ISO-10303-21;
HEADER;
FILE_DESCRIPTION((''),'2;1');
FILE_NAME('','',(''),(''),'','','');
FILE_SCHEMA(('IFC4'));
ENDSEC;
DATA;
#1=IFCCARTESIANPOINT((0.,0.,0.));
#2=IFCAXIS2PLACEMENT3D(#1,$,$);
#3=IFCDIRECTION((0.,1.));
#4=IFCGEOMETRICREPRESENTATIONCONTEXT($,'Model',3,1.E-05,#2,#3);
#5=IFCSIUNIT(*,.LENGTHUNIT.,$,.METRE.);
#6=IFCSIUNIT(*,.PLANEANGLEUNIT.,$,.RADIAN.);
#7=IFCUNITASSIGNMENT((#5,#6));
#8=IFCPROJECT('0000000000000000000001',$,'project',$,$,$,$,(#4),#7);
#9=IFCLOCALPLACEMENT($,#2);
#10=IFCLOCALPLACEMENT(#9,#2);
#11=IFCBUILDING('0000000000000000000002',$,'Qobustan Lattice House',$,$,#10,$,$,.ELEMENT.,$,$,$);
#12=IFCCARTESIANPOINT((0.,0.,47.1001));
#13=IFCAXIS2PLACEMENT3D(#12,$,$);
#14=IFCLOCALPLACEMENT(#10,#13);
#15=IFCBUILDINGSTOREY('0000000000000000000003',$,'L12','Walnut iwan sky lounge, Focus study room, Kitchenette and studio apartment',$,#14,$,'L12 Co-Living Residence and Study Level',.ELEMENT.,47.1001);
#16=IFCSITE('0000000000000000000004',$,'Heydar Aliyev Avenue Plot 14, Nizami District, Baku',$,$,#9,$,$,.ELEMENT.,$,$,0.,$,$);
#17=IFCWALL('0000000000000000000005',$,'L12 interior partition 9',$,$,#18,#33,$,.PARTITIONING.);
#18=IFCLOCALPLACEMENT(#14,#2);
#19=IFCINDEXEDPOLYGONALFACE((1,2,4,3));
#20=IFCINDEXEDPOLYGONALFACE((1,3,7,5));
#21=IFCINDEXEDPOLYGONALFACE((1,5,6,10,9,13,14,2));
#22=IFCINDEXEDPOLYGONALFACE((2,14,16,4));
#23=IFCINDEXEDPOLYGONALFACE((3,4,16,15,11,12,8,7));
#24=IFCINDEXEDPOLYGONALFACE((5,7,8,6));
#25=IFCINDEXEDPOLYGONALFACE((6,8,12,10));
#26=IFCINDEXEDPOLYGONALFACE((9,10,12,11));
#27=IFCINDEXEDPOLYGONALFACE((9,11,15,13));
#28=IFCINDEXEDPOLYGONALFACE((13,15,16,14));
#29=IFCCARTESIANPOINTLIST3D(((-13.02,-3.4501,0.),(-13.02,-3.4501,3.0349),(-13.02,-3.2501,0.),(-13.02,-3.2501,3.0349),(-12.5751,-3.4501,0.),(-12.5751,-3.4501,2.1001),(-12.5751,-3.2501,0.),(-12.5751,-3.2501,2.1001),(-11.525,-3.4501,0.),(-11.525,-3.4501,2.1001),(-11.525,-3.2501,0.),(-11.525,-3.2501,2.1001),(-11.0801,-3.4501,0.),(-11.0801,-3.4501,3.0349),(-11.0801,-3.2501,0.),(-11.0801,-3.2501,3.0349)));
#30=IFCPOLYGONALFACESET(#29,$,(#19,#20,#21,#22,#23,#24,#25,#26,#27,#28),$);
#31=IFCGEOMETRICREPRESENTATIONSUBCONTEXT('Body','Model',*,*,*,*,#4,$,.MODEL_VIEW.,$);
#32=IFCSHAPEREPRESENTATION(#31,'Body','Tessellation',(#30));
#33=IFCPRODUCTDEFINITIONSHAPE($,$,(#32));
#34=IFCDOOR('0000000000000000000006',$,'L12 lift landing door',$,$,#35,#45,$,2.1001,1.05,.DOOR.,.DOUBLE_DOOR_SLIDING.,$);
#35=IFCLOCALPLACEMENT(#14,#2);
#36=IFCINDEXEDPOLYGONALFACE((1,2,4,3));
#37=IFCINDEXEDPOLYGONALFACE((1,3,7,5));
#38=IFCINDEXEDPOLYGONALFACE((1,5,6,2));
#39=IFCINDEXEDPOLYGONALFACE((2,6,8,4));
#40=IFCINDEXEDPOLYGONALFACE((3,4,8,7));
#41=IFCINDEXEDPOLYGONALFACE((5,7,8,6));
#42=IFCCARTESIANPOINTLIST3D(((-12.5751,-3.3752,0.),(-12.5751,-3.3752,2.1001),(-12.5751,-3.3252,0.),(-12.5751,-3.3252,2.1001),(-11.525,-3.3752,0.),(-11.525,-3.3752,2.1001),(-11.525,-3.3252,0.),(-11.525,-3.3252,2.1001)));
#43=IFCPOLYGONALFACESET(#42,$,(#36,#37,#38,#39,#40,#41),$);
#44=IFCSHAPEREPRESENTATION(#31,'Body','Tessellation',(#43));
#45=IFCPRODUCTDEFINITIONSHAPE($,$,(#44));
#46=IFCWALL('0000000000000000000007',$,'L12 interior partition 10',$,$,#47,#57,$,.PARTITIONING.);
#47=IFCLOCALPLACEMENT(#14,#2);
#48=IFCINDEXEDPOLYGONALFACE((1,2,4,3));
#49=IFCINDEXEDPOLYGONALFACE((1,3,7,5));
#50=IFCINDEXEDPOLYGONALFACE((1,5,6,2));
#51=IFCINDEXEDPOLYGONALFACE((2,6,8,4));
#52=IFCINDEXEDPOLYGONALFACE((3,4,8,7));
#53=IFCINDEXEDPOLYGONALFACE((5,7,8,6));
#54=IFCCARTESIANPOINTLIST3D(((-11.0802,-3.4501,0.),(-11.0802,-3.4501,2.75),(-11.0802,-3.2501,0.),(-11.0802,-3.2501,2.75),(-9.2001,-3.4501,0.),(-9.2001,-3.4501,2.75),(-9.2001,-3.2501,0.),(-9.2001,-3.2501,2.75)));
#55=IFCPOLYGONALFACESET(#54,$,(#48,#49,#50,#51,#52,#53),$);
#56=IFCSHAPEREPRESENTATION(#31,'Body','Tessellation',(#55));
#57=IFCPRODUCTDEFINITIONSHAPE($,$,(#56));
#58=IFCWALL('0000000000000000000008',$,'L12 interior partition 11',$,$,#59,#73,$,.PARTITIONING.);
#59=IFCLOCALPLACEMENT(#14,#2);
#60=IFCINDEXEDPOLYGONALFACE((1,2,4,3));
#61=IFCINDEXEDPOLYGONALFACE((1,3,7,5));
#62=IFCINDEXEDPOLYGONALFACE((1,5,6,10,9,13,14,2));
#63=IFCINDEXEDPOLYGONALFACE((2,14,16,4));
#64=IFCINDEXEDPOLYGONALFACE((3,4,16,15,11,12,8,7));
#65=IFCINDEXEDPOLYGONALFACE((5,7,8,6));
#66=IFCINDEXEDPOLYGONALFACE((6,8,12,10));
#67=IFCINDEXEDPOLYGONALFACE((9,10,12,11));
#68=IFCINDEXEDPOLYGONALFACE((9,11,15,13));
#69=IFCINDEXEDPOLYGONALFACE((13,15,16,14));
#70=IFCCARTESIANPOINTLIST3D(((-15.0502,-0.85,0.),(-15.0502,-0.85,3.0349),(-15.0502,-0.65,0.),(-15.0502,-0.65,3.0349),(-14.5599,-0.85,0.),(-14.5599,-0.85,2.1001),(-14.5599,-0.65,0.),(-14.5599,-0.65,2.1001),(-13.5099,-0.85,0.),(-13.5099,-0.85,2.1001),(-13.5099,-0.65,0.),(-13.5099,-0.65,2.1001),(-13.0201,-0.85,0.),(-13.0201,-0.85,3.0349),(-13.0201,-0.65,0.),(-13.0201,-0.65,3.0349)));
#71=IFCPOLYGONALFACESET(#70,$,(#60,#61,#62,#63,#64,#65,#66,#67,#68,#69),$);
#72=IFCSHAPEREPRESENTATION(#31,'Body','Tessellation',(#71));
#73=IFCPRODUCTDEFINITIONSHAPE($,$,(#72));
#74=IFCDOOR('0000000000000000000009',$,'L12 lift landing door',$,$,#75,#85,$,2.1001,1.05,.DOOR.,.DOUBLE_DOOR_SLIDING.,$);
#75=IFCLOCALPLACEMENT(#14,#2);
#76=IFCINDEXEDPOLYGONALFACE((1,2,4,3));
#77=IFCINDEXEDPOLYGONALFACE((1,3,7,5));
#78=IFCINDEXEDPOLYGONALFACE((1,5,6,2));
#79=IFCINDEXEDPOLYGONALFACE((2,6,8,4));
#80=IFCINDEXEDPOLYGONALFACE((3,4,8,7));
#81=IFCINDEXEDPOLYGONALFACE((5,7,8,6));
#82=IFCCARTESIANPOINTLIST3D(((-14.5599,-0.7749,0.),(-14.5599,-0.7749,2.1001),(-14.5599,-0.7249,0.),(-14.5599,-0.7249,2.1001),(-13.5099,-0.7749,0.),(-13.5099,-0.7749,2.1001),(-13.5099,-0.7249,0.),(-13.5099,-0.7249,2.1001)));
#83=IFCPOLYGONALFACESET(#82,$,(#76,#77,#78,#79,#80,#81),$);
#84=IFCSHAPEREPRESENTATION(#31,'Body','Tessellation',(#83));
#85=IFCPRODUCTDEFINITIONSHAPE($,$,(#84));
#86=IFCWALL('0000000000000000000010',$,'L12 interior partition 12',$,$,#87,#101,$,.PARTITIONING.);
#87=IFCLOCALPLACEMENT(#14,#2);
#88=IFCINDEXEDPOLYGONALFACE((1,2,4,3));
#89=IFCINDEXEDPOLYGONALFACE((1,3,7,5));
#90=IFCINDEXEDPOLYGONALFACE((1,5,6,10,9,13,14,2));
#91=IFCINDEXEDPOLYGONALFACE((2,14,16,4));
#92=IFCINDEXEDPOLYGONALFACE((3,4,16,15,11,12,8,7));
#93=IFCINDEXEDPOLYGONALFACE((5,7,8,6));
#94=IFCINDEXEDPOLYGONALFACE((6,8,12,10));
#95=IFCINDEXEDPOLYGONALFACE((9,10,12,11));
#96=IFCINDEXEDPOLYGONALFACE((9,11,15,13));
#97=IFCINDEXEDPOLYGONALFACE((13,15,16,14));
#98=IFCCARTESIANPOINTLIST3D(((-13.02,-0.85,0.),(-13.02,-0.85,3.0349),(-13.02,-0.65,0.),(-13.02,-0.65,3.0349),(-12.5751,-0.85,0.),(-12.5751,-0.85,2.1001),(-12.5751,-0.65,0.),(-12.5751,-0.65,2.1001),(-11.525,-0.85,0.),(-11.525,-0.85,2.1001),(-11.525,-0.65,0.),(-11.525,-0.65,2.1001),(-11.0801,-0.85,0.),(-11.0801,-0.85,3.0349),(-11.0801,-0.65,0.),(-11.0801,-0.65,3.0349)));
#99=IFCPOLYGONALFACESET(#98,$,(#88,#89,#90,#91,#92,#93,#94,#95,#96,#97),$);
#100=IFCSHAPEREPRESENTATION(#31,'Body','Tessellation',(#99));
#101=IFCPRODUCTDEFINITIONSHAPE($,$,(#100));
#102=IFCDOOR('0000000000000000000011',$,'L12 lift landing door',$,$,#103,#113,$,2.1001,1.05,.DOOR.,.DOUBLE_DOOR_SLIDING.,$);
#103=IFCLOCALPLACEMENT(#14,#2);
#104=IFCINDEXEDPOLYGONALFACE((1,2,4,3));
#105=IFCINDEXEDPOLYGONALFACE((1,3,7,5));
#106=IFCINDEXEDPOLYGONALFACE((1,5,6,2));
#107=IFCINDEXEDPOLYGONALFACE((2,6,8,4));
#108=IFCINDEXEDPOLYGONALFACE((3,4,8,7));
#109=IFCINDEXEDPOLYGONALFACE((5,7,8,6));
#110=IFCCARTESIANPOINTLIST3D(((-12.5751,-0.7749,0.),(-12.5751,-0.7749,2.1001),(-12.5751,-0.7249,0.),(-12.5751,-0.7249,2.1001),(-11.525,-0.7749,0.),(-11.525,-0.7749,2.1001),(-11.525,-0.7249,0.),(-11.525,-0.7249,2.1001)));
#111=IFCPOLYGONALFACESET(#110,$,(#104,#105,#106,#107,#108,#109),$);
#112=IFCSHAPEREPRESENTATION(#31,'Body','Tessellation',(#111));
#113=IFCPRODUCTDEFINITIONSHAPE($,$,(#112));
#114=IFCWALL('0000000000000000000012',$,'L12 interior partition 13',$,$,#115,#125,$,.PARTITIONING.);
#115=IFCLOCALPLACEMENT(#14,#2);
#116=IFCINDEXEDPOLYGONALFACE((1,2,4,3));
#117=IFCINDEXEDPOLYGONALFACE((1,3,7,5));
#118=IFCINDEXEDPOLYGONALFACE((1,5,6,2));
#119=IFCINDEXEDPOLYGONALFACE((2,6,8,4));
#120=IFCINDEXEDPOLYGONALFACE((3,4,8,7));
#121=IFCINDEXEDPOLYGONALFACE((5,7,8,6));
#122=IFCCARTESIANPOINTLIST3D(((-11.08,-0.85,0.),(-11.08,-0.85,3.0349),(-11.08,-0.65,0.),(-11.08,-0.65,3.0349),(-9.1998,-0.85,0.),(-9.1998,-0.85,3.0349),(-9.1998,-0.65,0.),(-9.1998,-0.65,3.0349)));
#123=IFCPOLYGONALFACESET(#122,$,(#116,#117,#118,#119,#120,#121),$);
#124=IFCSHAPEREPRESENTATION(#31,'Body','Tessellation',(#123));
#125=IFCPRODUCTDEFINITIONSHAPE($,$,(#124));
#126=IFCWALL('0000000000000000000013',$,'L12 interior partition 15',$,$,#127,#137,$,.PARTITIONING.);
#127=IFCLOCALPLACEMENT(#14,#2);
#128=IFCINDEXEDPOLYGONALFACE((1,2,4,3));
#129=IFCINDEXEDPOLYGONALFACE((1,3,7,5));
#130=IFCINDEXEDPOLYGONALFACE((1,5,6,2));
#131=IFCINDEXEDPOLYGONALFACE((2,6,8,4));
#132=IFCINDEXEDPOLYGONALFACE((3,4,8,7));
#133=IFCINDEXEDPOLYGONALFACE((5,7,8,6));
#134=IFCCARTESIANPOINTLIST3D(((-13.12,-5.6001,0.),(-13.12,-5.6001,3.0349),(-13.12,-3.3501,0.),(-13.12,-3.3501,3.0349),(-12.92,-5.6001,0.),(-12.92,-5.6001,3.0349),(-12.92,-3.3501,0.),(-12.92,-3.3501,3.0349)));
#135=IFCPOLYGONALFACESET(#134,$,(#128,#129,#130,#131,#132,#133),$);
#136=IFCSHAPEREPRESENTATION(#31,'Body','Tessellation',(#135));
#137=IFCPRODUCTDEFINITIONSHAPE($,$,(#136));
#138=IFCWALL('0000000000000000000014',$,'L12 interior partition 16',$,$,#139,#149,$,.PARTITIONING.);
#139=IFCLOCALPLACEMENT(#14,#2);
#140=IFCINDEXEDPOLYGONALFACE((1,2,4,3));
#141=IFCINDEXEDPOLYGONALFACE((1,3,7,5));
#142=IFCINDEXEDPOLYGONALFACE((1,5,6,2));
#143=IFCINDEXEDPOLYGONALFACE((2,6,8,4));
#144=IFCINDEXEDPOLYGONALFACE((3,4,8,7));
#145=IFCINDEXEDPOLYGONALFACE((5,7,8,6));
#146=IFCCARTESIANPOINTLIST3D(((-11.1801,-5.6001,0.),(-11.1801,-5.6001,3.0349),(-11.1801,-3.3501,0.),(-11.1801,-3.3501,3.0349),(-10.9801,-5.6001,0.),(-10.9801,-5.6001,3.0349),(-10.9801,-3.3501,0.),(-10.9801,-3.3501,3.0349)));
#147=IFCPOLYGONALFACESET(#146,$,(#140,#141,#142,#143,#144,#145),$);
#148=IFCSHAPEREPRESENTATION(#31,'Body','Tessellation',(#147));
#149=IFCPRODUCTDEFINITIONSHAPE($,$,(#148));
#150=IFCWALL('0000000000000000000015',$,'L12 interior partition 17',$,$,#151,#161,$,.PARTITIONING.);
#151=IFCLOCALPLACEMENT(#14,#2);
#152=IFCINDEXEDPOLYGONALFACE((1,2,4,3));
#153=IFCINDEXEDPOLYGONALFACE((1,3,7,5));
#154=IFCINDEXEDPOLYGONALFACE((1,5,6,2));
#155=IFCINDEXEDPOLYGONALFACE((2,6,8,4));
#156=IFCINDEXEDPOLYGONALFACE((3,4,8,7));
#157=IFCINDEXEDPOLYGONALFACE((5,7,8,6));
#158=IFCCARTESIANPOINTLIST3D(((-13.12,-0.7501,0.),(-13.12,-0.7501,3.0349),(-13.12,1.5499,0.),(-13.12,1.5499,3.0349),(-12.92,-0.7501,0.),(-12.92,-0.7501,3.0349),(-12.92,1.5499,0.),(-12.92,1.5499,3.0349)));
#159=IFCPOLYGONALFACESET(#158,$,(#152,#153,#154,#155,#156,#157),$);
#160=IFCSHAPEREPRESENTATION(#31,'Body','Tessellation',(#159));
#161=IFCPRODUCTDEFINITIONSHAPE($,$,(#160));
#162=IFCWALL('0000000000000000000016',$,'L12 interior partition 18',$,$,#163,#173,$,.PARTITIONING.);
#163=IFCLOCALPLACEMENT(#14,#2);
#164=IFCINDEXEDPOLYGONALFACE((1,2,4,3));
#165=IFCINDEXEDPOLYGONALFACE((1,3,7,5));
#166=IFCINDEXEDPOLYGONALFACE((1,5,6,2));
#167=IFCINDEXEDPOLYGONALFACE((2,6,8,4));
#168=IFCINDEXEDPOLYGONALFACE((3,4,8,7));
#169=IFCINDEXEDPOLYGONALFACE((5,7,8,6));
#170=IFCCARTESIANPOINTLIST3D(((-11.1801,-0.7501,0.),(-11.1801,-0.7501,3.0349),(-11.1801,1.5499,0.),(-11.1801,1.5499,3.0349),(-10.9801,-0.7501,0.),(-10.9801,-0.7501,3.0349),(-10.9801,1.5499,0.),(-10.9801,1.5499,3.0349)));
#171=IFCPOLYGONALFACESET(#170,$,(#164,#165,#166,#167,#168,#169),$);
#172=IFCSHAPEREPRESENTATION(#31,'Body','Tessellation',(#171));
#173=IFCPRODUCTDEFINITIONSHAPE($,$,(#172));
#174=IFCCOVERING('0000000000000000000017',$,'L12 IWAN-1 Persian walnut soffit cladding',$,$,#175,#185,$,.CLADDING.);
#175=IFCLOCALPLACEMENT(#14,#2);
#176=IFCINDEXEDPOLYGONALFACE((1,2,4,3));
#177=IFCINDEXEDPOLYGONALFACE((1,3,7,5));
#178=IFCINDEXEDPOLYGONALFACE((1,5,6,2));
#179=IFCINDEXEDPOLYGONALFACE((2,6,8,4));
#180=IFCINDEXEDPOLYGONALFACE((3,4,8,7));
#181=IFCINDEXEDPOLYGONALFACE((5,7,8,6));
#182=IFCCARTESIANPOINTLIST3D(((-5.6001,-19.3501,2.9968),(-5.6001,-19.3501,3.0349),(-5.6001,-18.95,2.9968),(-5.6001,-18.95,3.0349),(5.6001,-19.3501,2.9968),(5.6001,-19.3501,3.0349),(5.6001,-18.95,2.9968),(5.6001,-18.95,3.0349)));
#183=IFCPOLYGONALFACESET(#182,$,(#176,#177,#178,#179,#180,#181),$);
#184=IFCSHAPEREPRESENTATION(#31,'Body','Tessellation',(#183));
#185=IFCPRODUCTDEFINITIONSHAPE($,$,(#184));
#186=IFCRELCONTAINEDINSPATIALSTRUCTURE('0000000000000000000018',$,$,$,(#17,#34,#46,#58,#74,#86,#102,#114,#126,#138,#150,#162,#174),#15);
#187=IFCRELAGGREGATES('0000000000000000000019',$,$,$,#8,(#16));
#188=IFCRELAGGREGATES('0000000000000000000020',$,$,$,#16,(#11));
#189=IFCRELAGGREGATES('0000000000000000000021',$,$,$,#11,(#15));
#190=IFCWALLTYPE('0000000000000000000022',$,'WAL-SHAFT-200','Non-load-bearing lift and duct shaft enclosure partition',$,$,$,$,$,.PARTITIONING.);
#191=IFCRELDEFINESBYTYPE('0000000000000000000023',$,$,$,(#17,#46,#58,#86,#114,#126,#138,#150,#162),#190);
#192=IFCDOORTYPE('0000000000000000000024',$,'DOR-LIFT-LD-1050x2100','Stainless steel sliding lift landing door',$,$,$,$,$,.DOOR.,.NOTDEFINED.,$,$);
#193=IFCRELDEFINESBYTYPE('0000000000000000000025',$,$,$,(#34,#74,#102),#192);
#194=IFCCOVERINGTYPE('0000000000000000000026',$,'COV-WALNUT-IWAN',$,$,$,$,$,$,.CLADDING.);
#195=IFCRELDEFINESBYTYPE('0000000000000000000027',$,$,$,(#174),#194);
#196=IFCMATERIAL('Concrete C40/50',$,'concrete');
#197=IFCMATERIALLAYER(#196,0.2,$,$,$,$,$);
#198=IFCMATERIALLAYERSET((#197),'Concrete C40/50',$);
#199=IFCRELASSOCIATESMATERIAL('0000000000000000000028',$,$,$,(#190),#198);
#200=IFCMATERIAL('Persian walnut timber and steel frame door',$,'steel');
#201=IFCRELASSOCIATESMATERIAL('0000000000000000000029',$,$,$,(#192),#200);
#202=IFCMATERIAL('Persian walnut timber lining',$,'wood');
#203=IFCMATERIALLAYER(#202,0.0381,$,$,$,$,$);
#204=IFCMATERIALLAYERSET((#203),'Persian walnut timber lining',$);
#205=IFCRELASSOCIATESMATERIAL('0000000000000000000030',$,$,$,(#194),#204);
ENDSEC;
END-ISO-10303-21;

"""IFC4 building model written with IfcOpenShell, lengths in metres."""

from ifc_helpers import new_model, si_unit, direction, frame, frame_2d, origin, place, context, subcontext, project, spatial, polyline, rectangle, outline, extrude, material, layer, layer_set, type_object, element, fill, save


model = new_model("IFC4")

# Units and contexts
model_context = context("Model", 3, precision=1e-05, world=origin(), true_north=direction((0.0, 1.0)))
body_context = subcontext(model_context, "Body", "Model", "MODEL_VIEW")
ifc_project = project(units=[si_unit("LENGTHUNIT", "METRE"), si_unit("PLANEANGLEUNIT", "RADIAN")], contexts=[model_context])

# Site, building, storey
site_placement = place(None, origin())
site = spatial("IfcSite", under=ifc_project, at=site_placement, Name="Heydar Aliyev Avenue Plot 14, Nizami District, Baku", CompositionType="ELEMENT", RefElevation=0.0)
building_placement = place(site_placement, origin())
building = spatial("IfcBuilding", under=site, at=building_placement, Name="Qobustan Lattice House", CompositionType="ELEMENT")
storey_placement = place(building_placement, frame((0.0, 0.0, 47.1001)))
storey = spatial("IfcBuildingStorey", under=building, at=storey_placement, Name="L12", Description="Walnut iwan sky lounge, Focus study room, Kitchenette and studio apartment", LongName="L12 Co-Living Residence and Study Level", CompositionType="ELEMENT", Elevation=47.1001)

# Wall, opening, door
ifc_material_1 = material(Name="Concrete C40/50", Category="concrete")
ifc_layer_1 = layer(ifc_material_1, 0.2)
ifc_layer_set_1 = layer_set([ifc_layer_1], Name="Concrete C40/50")
wall_type_1 = type_object("IfcWallType", Name="WAL-SHAFT-200", Description="Non-load-bearing lift and duct shaft enclosure partition", PredefinedType="PARTITIONING", material=ifc_layer_set_1)
ifc_material_2 = material(Name="Persian walnut timber and steel frame door", Category="steel")
door_type_1 = type_object("IfcDoorType", Name="DOR-LIFT-LD-1050x2100", Description="Stainless steel sliding lift landing door", OperationType="NOTDEFINED", PredefinedType="DOOR", material=ifc_material_2)
wall_1_placement = place(storey_placement, frame((-13.02, -3.3501, 0.0), z_axis=(0.0, 0.0, 1.0), x_axis=(1.0, 0.0, 0.0)))
wall_1 = element("IfcWall", 1, at=wall_1_placement, inside=storey, type_object=wall_type_1, Name="L12 interior partition 9", PredefinedType="PARTITIONING", context=body_context, shape_type="SweptSolid", body=[
    extrude(rectangle(XDim=1.9399, YDim=0.2, at=frame_2d((0.97, 0.0))), origin(), (0.0, 0.0, 1.0), 3.0349),
])
opening_1_placement = place(wall_1_placement, frame((0.4451, 0.0, 0.0)))
opening_1 = element("IfcOpeningElement", 2, at=opening_1_placement, cuts=wall_1, PredefinedType="OPENING", context=body_context, shape_type="SweptSolid", body=[
    extrude(rectangle(XDim=1.05, YDim=2.1001, at=frame_2d((0.5249, 1.05))), frame((0.0, 0.1099, 0.0), z_axis=(0.0, -1.0, 0.0), x_axis=(1.0, 0.0, 0.0)), (0.0, 0.0, 1.0), 0.22),
])
door_1_placement = place(opening_1_placement, origin())
door_1 = element("IfcDoor", 3, at=door_1_placement, inside=storey, type_object=door_type_1, Name="L12 lift landing door", OperationType="DOUBLE_DOOR_SLIDING", OverallHeight=2.1001, OverallWidth=1.05, PredefinedType="DOOR", context=body_context, shape_type="SweptSolid", body=[
    extrude(rectangle(XDim=1.05, YDim=2.1001, at=frame_2d((0.5249, 1.05))), frame((0.0, 0.0249, 0.0), z_axis=(0.0, -1.0, 0.0), x_axis=(1.0, 0.0, 0.0)), (0.0, 0.0, 1.0), 0.05),
])
fill(opening_1, door_1)

# Wall
wall_2_placement = place(storey_placement, frame((-11.0801, -3.3501, 0.0), z_axis=(0.0, 0.0, 1.0), x_axis=(1.0, 0.0, 0.0)))
element("IfcWall", 4, at=wall_2_placement, inside=storey, type_object=wall_type_1, Name="L12 interior partition 10", PredefinedType="PARTITIONING", context=body_context, shape_type="SweptSolid", body=[
    extrude(rectangle(XDim=1.8801, YDim=0.2, at=frame_2d((0.9399, 0.0))), origin(), (0.0, 0.0, 1.0), 2.75),
])

# Walls, openings, doors
wall_3_placement = place(storey_placement, frame((-13.02, -0.75, 0.0), z_axis=(0.0, 0.0, 1.0), x_axis=(-1.0, 0.0, 0.0)))
wall_3 = element("IfcWall", 5, at=wall_3_placement, inside=storey, type_object=wall_type_1, Name="L12 interior partition 11", PredefinedType="PARTITIONING", context=body_context, shape_type="SweptSolid", body=[
    extrude(rectangle(XDim=2.03, YDim=0.2, at=frame_2d((1.0151, 0.0))), origin(), (0.0, 0.0, 1.0), 3.0349),
])
opening_2_placement = place(wall_3_placement, frame((0.49, 0.0, 0.0)))
opening_2 = element("IfcOpeningElement", 6, at=opening_2_placement, cuts=wall_3, PredefinedType="OPENING", context=body_context, shape_type="SweptSolid", body=[
    extrude(rectangle(XDim=1.05, YDim=2.1001, at=frame_2d((0.5249, 1.05))), frame((0.0, 0.1099, 0.0), z_axis=(0.0, -1.0, 0.0), x_axis=(1.0, 0.0, 0.0)), (0.0, 0.0, 1.0), 0.22),
])
door_2_placement = place(opening_2_placement, origin())
door_2 = element("IfcDoor", 7, at=door_2_placement, inside=storey, type_object=door_type_1, Name="L12 lift landing door", OperationType="DOUBLE_DOOR_SLIDING", OverallHeight=2.1001, OverallWidth=1.05, PredefinedType="DOOR", context=body_context, shape_type="SweptSolid", body=[
    extrude(rectangle(XDim=1.05, YDim=2.1001, at=frame_2d((0.5249, 1.05))), frame((0.0, 0.0249, 0.0), z_axis=(0.0, -1.0, 0.0), x_axis=(1.0, 0.0, 0.0)), (0.0, 0.0, 1.0), 0.05),
])
fill(opening_2, door_2)
wall_4_placement = place(storey_placement, frame((-11.0801, -0.75, 0.0), z_axis=(0.0, 0.0, 1.0), x_axis=(-1.0, 0.0, 0.0)))
wall_4 = element("IfcWall", 8, at=wall_4_placement, inside=storey, type_object=wall_type_1, Name="L12 interior partition 12", PredefinedType="PARTITIONING", context=body_context, shape_type="SweptSolid", body=[
    extrude(rectangle(XDim=1.9399, YDim=0.2, at=frame_2d((0.97, 0.0))), origin(), (0.0, 0.0, 1.0), 3.0349),
])
opening_3_placement = place(wall_4_placement, frame((0.4451, 0.0, 0.0)))
opening_3 = element("IfcOpeningElement", 9, at=opening_3_placement, cuts=wall_4, PredefinedType="OPENING", context=body_context, shape_type="SweptSolid", body=[
    extrude(rectangle(XDim=1.05, YDim=2.1001, at=frame_2d((0.5249, 1.05))), frame((0.0, 0.1099, 0.0), z_axis=(0.0, -1.0, 0.0), x_axis=(1.0, 0.0, 0.0)), (0.0, 0.0, 1.0), 0.22),
])
door_3_placement = place(opening_3_placement, origin())
door_3 = element("IfcDoor", 10, at=door_3_placement, inside=storey, type_object=door_type_1, Name="L12 lift landing door", OperationType="DOUBLE_DOOR_SLIDING", OverallHeight=2.1001, OverallWidth=1.05, PredefinedType="DOOR", context=body_context, shape_type="SweptSolid", body=[
    extrude(rectangle(XDim=1.05, YDim=2.1001, at=frame_2d((0.5249, 1.05))), frame((0.0, 0.0249, 0.0), z_axis=(0.0, -1.0, 0.0), x_axis=(1.0, 0.0, 0.0)), (0.0, 0.0, 1.0), 0.05),
])
fill(opening_3, door_3)

# Walls
wall_5_placement = place(storey_placement, frame((-9.2, -0.75, 0.0), z_axis=(0.0, 0.0, 1.0), x_axis=(-1.0, 0.0, 0.0)))
element("IfcWall", 11, at=wall_5_placement, inside=storey, type_object=wall_type_1, Name="L12 interior partition 13", PredefinedType="PARTITIONING", context=body_context, shape_type="SweptSolid", body=[
    extrude(rectangle(XDim=1.8801, YDim=0.2, at=frame_2d((0.9399, 0.0))), origin(), (0.0, 0.0, 1.0), 3.0349),
])
for number, where, z_axis, x_axis, name in (
    (12, (-13.02, -5.6001, 0.0), (0.0, 0.0, 1.0), (0.0, 1.0, 0.0), "L12 interior partition 15"),
    (13, (-11.0801, -5.6001, 0.0), (0.0, 0.0, 1.0), (0.0, 1.0, 0.0), "L12 interior partition 16"),
):
    element("IfcWall", number, at=place(storey_placement, frame(where, z_axis=z_axis, x_axis=x_axis)), inside=storey, type_object=wall_type_1, Name=name, PredefinedType="PARTITIONING", context=body_context, shape_type="SweptSolid", body=[
        extrude(rectangle(XDim=2.25, YDim=0.2, at=frame_2d((1.125, 0.0))), origin(), (0.0, 0.0, 1.0), 3.0349),
    ])
for number, where, z_axis, x_axis, name in (
    (14, (-13.02, -0.75, 0.0), (0.0, 0.0, 1.0), (0.0, 1.0, 0.0), "L12 interior partition 17"),
    (15, (-11.0801, -0.75, 0.0), (0.0, 0.0, 1.0), (0.0, 1.0, 0.0), "L12 interior partition 18"),
):
    element("IfcWall", number, at=place(storey_placement, frame(where, z_axis=z_axis, x_axis=x_axis)), inside=storey, type_object=wall_type_1, Name=name, PredefinedType="PARTITIONING", context=body_context, shape_type="SweptSolid", body=[
        extrude(rectangle(XDim=2.3, YDim=0.2, at=frame_2d((1.1499, 0.0))), origin(), (0.0, 0.0, 1.0), 3.0349),
    ])

# Covering
ifc_material_3 = material(Name="Persian walnut timber lining", Category="wood")
ifc_layer_2 = layer(ifc_material_3, 0.0381)
ifc_layer_set_2 = layer_set([ifc_layer_2], Name="Persian walnut timber lining")
covering_type = type_object("IfcCoveringType", Name="COV-WALNUT-IWAN", PredefinedType="CLADDING", material=ifc_layer_set_2)
covering_placement = place(storey_placement, frame((0.0, 0.0, 2.9968)))
element("IfcCovering", 16, at=covering_placement, inside=storey, type_object=covering_type, Name="L12 IWAN-1 Persian walnut soffit cladding", PredefinedType="CLADDING", context=body_context, shape_type="SweptSolid", body=[
    extrude(outline(polyline([(5.6001, -19.3501), (-5.6001, -19.3501), (-5.6001, -18.95), (5.6001, -18.95), (5.6001, -19.3501)])), origin(), (0.0, 0.0, 1.0), 0.0381),
])

save(model, "model.ifc")
